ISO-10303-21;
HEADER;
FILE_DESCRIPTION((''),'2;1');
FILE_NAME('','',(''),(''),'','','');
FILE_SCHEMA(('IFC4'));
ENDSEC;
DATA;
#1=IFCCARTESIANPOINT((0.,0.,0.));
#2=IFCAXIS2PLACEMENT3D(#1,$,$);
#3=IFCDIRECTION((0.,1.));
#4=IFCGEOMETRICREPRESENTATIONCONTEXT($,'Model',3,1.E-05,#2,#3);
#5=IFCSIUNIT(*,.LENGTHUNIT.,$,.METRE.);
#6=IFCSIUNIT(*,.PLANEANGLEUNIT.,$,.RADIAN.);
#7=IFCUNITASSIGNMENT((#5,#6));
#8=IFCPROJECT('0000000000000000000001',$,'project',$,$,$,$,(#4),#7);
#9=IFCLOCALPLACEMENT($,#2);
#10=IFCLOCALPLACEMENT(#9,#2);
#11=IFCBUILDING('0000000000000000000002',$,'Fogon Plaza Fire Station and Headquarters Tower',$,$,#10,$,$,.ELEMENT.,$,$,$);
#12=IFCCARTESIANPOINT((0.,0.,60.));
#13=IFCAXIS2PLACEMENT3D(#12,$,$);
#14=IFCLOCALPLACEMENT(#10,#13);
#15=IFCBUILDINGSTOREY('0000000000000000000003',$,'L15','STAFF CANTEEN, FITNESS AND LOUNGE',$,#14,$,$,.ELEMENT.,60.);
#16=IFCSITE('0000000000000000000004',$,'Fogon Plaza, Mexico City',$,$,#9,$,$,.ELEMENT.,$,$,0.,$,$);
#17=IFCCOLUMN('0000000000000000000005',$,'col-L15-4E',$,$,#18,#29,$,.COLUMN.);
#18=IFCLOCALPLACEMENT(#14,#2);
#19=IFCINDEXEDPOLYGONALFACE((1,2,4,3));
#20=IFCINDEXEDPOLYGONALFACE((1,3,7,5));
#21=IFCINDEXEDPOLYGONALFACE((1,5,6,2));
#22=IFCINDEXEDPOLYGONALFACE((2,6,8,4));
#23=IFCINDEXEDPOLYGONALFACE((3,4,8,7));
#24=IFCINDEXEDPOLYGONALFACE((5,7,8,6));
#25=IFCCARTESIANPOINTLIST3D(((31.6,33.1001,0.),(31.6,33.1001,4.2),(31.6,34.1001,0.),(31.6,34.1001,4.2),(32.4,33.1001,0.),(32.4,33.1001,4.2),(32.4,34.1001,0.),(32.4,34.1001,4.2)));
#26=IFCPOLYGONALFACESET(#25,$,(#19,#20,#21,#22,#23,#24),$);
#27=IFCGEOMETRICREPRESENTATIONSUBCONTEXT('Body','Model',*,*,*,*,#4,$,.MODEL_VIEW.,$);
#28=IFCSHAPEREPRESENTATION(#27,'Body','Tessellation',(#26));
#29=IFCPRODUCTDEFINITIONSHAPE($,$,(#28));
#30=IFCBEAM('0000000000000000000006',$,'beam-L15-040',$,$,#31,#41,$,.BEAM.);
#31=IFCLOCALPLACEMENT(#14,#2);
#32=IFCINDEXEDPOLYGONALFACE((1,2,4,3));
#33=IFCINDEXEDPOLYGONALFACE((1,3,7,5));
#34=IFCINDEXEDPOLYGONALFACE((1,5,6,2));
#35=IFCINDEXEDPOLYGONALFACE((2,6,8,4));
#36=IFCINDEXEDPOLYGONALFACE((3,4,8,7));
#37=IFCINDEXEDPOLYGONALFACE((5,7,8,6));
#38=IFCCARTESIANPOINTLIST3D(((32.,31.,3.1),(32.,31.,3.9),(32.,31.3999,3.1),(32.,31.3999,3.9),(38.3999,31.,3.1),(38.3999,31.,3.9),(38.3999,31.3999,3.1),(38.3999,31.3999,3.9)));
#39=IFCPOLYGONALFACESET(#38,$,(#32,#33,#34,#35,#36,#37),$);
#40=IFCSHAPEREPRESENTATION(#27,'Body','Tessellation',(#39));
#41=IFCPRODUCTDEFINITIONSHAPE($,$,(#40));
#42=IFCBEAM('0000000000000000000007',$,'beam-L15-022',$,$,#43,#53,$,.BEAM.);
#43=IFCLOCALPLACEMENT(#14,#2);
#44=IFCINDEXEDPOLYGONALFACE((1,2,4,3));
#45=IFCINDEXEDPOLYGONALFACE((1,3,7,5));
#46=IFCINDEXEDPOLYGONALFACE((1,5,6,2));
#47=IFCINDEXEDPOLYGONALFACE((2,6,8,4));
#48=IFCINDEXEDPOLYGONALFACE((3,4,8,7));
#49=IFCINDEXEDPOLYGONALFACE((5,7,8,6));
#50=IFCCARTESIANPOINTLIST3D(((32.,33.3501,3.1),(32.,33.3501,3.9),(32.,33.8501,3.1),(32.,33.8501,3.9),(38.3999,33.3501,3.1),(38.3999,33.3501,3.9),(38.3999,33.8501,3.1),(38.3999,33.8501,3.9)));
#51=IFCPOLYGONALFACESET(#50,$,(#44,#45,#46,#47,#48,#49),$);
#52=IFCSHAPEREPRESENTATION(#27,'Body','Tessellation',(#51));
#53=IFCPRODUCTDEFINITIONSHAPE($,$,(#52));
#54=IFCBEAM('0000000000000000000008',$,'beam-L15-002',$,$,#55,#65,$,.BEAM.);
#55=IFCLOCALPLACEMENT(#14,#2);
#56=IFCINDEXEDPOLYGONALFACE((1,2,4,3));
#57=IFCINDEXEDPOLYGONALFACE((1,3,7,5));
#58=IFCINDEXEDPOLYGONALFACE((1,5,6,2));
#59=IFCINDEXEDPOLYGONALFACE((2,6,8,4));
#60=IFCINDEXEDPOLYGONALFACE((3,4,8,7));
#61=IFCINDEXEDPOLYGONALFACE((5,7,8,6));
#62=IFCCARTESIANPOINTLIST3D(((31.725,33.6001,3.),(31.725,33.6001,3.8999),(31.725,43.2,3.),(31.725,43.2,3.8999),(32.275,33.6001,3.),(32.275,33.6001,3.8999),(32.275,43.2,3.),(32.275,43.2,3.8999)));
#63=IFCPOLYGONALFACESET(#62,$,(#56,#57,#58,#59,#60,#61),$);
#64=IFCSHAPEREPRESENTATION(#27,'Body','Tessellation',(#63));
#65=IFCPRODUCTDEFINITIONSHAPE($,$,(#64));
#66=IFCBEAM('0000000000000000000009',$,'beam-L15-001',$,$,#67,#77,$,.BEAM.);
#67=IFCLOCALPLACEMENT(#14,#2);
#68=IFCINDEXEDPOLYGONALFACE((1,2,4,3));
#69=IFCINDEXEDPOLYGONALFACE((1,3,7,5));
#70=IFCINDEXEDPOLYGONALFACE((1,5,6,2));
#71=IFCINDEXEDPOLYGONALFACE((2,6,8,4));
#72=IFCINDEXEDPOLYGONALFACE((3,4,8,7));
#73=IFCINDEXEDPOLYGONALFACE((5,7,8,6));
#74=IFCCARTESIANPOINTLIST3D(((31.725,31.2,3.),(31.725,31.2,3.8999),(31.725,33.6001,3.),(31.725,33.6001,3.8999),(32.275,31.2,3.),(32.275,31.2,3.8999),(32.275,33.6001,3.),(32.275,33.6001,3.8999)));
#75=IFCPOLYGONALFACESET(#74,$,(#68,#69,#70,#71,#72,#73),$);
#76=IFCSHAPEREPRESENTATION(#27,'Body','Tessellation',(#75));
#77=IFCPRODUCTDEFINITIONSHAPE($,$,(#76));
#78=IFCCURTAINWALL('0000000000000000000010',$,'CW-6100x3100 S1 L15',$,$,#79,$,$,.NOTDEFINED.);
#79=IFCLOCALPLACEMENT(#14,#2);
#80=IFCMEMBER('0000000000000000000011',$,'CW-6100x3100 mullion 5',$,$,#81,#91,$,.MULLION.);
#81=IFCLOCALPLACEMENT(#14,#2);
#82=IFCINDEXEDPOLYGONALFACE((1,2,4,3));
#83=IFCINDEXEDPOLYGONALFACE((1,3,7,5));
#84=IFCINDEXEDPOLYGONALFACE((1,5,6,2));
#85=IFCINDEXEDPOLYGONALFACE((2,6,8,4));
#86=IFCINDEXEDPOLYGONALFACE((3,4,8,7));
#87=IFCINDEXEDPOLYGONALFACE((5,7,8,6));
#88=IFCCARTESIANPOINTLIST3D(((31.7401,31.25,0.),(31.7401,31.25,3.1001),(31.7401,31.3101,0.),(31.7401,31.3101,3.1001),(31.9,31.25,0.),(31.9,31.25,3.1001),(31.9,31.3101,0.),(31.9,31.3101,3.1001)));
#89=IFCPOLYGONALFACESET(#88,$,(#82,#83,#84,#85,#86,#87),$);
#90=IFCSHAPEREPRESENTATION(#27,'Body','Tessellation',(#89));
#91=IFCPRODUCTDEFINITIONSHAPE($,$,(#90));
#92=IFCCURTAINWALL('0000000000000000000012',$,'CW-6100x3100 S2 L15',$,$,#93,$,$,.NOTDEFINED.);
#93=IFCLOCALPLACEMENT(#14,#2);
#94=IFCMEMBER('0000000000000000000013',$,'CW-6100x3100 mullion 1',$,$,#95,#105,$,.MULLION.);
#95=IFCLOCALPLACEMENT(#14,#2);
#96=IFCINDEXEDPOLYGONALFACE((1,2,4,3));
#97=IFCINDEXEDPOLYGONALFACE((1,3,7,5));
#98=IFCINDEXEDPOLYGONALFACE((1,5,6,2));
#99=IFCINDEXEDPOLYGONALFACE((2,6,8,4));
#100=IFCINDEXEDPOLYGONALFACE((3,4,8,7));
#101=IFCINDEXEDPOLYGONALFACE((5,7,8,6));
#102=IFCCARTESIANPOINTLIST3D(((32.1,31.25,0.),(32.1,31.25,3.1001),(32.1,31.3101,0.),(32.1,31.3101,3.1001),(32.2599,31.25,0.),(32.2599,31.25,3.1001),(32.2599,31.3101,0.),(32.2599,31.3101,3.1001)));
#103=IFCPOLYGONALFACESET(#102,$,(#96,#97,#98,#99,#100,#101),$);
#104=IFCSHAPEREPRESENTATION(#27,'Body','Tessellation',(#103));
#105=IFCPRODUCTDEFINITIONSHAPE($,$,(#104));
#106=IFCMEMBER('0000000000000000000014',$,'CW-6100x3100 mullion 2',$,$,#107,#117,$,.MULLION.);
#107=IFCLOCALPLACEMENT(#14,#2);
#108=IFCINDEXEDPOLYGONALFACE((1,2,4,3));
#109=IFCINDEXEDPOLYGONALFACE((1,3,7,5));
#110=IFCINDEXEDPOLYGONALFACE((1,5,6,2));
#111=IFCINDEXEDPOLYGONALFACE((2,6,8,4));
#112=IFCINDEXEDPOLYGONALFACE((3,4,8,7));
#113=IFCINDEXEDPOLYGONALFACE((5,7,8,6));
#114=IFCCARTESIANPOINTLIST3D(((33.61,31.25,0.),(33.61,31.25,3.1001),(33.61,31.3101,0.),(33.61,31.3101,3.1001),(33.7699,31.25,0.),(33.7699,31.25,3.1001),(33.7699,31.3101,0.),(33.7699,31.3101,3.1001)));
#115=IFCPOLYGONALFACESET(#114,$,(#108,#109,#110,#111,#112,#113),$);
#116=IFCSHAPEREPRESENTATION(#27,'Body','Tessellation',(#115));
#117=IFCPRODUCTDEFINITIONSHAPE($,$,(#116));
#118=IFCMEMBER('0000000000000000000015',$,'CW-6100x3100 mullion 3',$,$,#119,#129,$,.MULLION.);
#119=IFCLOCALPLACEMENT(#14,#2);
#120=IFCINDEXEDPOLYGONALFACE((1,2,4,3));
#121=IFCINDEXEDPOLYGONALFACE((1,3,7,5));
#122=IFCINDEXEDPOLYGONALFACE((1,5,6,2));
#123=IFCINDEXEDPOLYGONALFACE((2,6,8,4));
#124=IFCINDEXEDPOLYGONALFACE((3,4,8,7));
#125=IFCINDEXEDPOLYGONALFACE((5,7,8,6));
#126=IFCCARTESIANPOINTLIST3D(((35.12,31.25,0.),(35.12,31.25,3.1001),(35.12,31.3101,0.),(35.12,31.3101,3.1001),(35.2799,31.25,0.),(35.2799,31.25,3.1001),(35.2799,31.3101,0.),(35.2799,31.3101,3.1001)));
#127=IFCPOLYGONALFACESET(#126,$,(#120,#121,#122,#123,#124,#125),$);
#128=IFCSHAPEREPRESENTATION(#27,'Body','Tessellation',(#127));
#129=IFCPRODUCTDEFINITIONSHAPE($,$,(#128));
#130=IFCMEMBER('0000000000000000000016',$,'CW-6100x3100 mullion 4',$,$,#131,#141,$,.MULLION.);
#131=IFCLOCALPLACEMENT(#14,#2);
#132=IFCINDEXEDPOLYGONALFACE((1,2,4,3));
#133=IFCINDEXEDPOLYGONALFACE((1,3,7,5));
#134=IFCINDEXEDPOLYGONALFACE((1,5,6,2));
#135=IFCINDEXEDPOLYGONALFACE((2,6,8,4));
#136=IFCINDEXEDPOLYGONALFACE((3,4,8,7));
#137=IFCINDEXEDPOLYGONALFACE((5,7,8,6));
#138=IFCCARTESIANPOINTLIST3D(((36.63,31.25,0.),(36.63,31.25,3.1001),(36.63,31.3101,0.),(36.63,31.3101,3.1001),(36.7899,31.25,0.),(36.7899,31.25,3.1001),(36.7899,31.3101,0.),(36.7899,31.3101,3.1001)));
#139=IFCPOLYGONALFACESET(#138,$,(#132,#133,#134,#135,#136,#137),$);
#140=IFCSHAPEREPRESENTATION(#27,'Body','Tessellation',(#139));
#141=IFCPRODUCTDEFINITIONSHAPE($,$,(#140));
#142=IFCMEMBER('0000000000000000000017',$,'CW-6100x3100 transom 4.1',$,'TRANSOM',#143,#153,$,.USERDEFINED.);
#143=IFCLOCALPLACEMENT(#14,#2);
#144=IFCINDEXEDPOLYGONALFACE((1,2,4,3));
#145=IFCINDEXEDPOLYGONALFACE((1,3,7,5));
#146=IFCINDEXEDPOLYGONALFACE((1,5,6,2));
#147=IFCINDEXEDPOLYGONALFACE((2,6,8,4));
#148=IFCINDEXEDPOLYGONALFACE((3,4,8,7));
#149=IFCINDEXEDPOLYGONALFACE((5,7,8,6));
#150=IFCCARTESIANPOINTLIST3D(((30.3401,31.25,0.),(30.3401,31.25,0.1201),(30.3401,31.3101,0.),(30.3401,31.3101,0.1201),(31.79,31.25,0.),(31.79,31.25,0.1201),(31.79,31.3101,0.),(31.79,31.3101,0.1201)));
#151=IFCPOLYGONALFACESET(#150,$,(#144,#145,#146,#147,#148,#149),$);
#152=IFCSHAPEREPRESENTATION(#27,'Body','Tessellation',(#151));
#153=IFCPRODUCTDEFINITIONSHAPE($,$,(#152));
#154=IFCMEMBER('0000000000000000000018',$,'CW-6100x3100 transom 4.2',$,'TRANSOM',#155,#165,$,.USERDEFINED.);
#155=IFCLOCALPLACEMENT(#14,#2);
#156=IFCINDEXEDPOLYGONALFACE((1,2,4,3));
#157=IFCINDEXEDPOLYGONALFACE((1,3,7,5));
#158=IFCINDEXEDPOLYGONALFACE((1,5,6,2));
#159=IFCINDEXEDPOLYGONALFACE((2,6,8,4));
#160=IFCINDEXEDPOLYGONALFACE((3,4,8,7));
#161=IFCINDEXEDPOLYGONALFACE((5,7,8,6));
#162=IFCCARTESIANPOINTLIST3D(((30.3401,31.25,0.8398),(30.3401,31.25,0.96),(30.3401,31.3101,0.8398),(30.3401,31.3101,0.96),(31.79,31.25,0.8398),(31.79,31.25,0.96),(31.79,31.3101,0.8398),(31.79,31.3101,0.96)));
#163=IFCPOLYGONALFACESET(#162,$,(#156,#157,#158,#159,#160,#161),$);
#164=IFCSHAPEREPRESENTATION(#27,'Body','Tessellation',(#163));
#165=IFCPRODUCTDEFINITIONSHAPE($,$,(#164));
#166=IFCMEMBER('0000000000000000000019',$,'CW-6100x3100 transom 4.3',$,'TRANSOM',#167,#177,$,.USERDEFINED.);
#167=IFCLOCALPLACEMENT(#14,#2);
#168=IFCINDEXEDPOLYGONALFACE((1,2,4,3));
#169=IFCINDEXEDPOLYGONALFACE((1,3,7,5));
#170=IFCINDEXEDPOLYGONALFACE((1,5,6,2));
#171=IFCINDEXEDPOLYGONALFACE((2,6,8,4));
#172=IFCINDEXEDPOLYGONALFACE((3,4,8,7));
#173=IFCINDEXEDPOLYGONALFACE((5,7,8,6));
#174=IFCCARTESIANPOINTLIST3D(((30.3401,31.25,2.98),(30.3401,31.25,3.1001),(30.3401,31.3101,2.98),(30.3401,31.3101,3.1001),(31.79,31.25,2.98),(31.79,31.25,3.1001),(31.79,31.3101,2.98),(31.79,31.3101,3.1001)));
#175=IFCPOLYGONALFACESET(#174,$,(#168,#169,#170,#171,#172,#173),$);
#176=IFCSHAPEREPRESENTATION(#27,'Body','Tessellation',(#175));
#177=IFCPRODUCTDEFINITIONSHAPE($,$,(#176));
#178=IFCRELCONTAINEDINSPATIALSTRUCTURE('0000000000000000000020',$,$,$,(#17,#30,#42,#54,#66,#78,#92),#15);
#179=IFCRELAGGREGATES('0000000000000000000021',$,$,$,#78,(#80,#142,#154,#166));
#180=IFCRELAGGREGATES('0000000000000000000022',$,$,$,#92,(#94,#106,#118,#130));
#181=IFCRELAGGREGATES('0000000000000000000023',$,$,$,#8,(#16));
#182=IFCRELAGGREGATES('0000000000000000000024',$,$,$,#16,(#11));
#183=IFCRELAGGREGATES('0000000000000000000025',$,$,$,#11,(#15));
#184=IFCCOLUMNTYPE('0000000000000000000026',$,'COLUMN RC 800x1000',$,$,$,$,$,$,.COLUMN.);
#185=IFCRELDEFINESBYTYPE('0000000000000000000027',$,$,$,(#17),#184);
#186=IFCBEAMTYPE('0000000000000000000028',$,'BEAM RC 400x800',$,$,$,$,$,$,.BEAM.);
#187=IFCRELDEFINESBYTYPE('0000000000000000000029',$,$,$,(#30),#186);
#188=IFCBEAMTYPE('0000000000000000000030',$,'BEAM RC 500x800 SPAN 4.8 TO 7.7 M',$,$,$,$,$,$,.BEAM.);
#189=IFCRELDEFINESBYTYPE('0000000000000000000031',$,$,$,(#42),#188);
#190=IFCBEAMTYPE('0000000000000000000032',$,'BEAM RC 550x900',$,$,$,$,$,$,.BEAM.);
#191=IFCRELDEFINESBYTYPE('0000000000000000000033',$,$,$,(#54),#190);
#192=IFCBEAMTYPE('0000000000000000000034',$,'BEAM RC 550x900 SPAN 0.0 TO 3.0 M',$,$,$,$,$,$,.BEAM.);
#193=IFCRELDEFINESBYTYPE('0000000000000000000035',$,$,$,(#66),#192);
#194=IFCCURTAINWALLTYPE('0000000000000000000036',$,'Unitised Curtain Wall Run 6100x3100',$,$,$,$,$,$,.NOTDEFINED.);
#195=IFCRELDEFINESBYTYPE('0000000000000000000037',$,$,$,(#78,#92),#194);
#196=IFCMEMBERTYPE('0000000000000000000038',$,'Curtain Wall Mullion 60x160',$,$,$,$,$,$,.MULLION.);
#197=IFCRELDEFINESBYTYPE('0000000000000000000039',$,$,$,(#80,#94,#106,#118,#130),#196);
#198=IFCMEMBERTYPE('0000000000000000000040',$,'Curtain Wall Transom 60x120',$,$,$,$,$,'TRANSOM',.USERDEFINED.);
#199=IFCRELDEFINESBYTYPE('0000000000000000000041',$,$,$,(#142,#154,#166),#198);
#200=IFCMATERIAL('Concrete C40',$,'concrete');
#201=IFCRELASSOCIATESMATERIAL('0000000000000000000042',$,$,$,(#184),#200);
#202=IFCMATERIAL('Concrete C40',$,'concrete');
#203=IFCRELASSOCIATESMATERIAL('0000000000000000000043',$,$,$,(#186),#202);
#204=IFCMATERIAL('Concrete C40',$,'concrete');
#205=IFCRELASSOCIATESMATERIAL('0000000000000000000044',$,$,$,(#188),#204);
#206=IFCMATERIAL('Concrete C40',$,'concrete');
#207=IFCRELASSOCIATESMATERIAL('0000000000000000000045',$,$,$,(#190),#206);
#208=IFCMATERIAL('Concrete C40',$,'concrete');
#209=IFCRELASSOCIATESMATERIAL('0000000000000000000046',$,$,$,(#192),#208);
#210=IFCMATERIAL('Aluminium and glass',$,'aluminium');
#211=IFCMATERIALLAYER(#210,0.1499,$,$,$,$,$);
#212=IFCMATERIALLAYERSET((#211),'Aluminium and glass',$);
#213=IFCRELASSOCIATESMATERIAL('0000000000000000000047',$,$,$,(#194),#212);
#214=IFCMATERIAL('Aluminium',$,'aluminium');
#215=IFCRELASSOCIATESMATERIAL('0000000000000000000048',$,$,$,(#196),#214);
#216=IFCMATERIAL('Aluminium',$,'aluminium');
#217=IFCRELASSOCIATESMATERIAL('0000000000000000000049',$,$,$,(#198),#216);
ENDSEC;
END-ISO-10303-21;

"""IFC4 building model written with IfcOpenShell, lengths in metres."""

from ifc_helpers import new_model, si_unit, direction, frame, origin, origin_2d, place, context, subcontext, project, spatial, rectangle, extrude, material, layer, layer_set, material_profile, profile_set, type_object, element, aggregate, save


model = new_model("IFC4")

# Units and contexts
model_context = context("Model", 3, precision=1e-05, world=origin(), true_north=direction((0.0, 1.0)))
body_context = subcontext(model_context, "Body", "Model", "MODEL_VIEW")
ifc_project = project(units=[si_unit("LENGTHUNIT", "METRE"), si_unit("PLANEANGLEUNIT", "RADIAN")], contexts=[model_context])

# Site, building, storey
site_placement = place(None, origin())
site = spatial("IfcSite", under=ifc_project, at=site_placement, Name="Fogon Plaza, Mexico City", CompositionType="ELEMENT", RefElevation=0.0)
building_placement = place(site_placement, origin())
building = spatial("IfcBuilding", under=site, at=building_placement, Name="Fogon Plaza Fire Station and Headquarters Tower", CompositionType="ELEMENT")
storey_placement = place(building_placement, frame((0.0, 0.0, 60.0)))
storey = spatial("IfcBuildingStorey", under=building, at=storey_placement, Name="L15", Description="STAFF CANTEEN, FITNESS AND LOUNGE", CompositionType="ELEMENT", Elevation=60.0)

# Column
ifc_material_1 = material(Name="Concrete C40", Category="concrete")
ifc_material_profile_1 = material_profile(ifc_material_1, rectangle(XDim=0.8, YDim=1.0, at=origin_2d()), Name="RC 800x1000")
ifc_profile_set_1 = profile_set([ifc_material_profile_1], Name="Concrete C40")
column_type = type_object("IfcColumnType", Name="COLUMN RC 800x1000", PredefinedType="COLUMN", material=ifc_profile_set_1)
column_placement = place(storey_placement, frame((32.0, 33.6001, 0.0), z_axis=(0.0, 0.0, 1.0), x_axis=(1.0, 0.0, 0.0)))
element("IfcColumn", 1, at=column_placement, inside=storey, type_object=column_type, Name="col-L15-4E", PredefinedType="COLUMN", context=body_context, shape_type="SweptSolid", body=[
    extrude(rectangle(XDim=0.8, YDim=1.0, at=origin_2d()), origin(), (0.0, 0.0, 1.0), 4.2),
])

# Beams
ifc_material_2 = material(Name="Concrete C40", Category="concrete")
ifc_material_profile_2 = material_profile(ifc_material_2, rectangle(XDim=0.3999, YDim=0.8, at=origin_2d()), Name="RC 400x800")
ifc_profile_set_2 = profile_set([ifc_material_profile_2], Name="Concrete C40")
beam_type_1 = type_object("IfcBeamType", Name="BEAM RC 400x800", PredefinedType="BEAM", material=ifc_profile_set_2)
beam_1_placement = place(storey_placement, frame((32.0, 31.2, 3.5), z_axis=(1.0, 0.0, 0.0), x_axis=(0.0, 1.0, 0.0)))
element("IfcBeam", 2, at=beam_1_placement, inside=storey, type_object=beam_type_1, Name="beam-L15-040", PredefinedType="BEAM", context=body_context, shape_type="SweptSolid", body=[
    extrude(rectangle(XDim=0.3999, YDim=0.8, at=origin_2d()), origin(), (0.0, 0.0, 1.0), 6.3999),
])
ifc_material_3 = material(Name="Concrete C40", Category="concrete")
ifc_material_profile_3 = material_profile(ifc_material_3, rectangle(XDim=0.5, YDim=0.8, at=origin_2d()), Name="RC 500x800")
ifc_profile_set_3 = profile_set([ifc_material_profile_3], Name="Concrete C40")
beam_type_2 = type_object("IfcBeamType", Name="BEAM RC 500x800 SPAN 4.8 TO 7.7 M", PredefinedType="BEAM", material=ifc_profile_set_3)
beam_2_placement = place(storey_placement, frame((32.0, 33.6001, 3.5), z_axis=(1.0, 0.0, 0.0), x_axis=(0.0, 1.0, 0.0)))
element("IfcBeam", 3, at=beam_2_placement, inside=storey, type_object=beam_type_2, Name="beam-L15-022", PredefinedType="BEAM", context=body_context, shape_type="SweptSolid", body=[
    extrude(rectangle(XDim=0.5, YDim=0.8, at=origin_2d()), origin(), (0.0, 0.0, 1.0), 6.3999),
])
ifc_material_4 = material(Name="Concrete C40", Category="concrete")
ifc_material_profile_4 = material_profile(ifc_material_4, rectangle(XDim=0.55, YDim=0.8999, at=origin_2d()), Name="RC 550x900")
ifc_profile_set_4 = profile_set([ifc_material_profile_4], Name="Concrete C40")
beam_type_3 = type_object("IfcBeamType", Name="BEAM RC 550x900", PredefinedType="BEAM", material=ifc_profile_set_4)
beam_3_placement = place(storey_placement, frame((32.0, 33.6001, 3.45), z_axis=(0.0, 1.0, 0.0), x_axis=(-1.0, 0.0, 0.0)))
element("IfcBeam", 4, at=beam_3_placement, inside=storey, type_object=beam_type_3, Name="beam-L15-002", PredefinedType="BEAM", context=body_context, shape_type="SweptSolid", body=[
    extrude(rectangle(XDim=0.55, YDim=0.8999, at=origin_2d()), origin(), (0.0, 0.0, 1.0), 9.5999),
])
ifc_material_5 = material(Name="Concrete C40", Category="concrete")
ifc_material_profile_5 = material_profile(ifc_material_5, rectangle(XDim=0.55, YDim=0.8999, at=origin_2d()), Name="RC 550x900")
ifc_profile_set_5 = profile_set([ifc_material_profile_5], Name="Concrete C40")
beam_type_4 = type_object("IfcBeamType", Name="BEAM RC 550x900 SPAN 0.0 TO 3.0 M", PredefinedType="BEAM", material=ifc_profile_set_5)
beam_4_placement = place(storey_placement, frame((32.0, 31.2, 3.45), z_axis=(0.0, 1.0, 0.0), x_axis=(-1.0, 0.0, 0.0)))
element("IfcBeam", 5, at=beam_4_placement, inside=storey, type_object=beam_type_4, Name="beam-L15-001", PredefinedType="BEAM", context=body_context, shape_type="SweptSolid", body=[
    extrude(rectangle(XDim=0.55, YDim=0.8999, at=origin_2d()), origin(), (0.0, 0.0, 1.0), 2.4001),
])

# Curtain wall, member
ifc_material_6 = material(Name="Aluminium and glass", Category="aluminium")
ifc_layer_1 = layer(ifc_material_6, 0.1499)
ifc_layer_set_1 = layer_set([ifc_layer_1], Name="Aluminium and glass")
curtain_wall_type = type_object("IfcCurtainWallType", Name="Unitised Curtain Wall Run 6100x3100", PredefinedType="NOTDEFINED", material=ifc_layer_set_1)
curtain_wall_1_placement = place(storey_placement, origin())
curtain_wall_1 = element("IfcCurtainWall", 6, at=curtain_wall_1_placement, inside=storey, type_object=curtain_wall_type, Name="CW-6100x3100 S1 L15", PredefinedType="NOTDEFINED")
ifc_material_7 = material(Name="Aluminium", Category="aluminium")
ifc_material_profile_6 = material_profile(ifc_material_7, rectangle(XDim=0.0601, YDim=0.1599, at=origin_2d()), Name="Curtain Wall Mullion 60x160")
ifc_profile_set_6 = profile_set([ifc_material_profile_6], Name="Aluminium")
member_type_1 = type_object("IfcMemberType", Name="Curtain Wall Mullion 60x160", PredefinedType="MULLION", material=ifc_profile_set_6)
member_1_placement = place(storey_placement, frame((31.8201, 31.28, 0.0), z_axis=(0.0, 0.0, 1.0), x_axis=(0.0, 1.0, 0.0)))
member_1 = element("IfcMember", 7, at=member_1_placement, type_object=member_type_1, Name="CW-6100x3100 mullion 5", PredefinedType="MULLION", context=body_context, shape_type="SweptSolid", body=[
    extrude(rectangle(XDim=0.0601, YDim=0.1599, at=origin_2d()), origin(), (0.0, 0.0, 1.0), 3.1001),
])

# Curtain wall, members
curtain_wall_2_placement = place(storey_placement, origin())
curtain_wall_2 = element("IfcCurtainWall", 8, at=curtain_wall_2_placement, inside=storey, type_object=curtain_wall_type, Name="CW-6100x3100 S2 L15", PredefinedType="NOTDEFINED")
member_2_placement = place(storey_placement, frame((32.1799, 31.28, 0.0), z_axis=(0.0, 0.0, 1.0), x_axis=(0.0, 1.0, 0.0)))
member_2 = element("IfcMember", 9, at=member_2_placement, type_object=member_type_1, Name="CW-6100x3100 mullion 1", PredefinedType="MULLION", context=body_context, shape_type="SweptSolid", body=[
    extrude(rectangle(XDim=0.0601, YDim=0.1599, at=origin_2d()), origin(), (0.0, 0.0, 1.0), 3.1001),
])
member_3_placement = place(storey_placement, frame((33.6899, 31.28, 0.0), z_axis=(0.0, 0.0, 1.0), x_axis=(0.0, 1.0, 0.0)))
member_3 = element("IfcMember", 10, at=member_3_placement, type_object=member_type_1, Name="CW-6100x3100 mullion 2", PredefinedType="MULLION", context=body_context, shape_type="SweptSolid", body=[
    extrude(rectangle(XDim=0.0601, YDim=0.1599, at=origin_2d()), origin(), (0.0, 0.0, 1.0), 3.1001),
])
member_4_placement = place(storey_placement, frame((35.2, 31.28, 0.0), z_axis=(0.0, 0.0, 1.0), x_axis=(0.0, 1.0, 0.0)))
member_4 = element("IfcMember", 11, at=member_4_placement, type_object=member_type_1, Name="CW-6100x3100 mullion 3", PredefinedType="MULLION", context=body_context, shape_type="SweptSolid", body=[
    extrude(rectangle(XDim=0.0601, YDim=0.1599, at=origin_2d()), origin(), (0.0, 0.0, 1.0), 3.1001),
])
member_5_placement = place(storey_placement, frame((36.71, 31.28, 0.0), z_axis=(0.0, 0.0, 1.0), x_axis=(0.0, 1.0, 0.0)))
member_5 = element("IfcMember", 12, at=member_5_placement, type_object=member_type_1, Name="CW-6100x3100 mullion 4", PredefinedType="MULLION", context=body_context, shape_type="SweptSolid", body=[
    extrude(rectangle(XDim=0.0601, YDim=0.1599, at=origin_2d()), origin(), (0.0, 0.0, 1.0), 3.1001),
])

# Members
ifc_material_8 = material(Name="Aluminium", Category="aluminium")
ifc_material_profile_7 = material_profile(ifc_material_8, rectangle(XDim=0.0601, YDim=0.1201, at=origin_2d()), Name="Curtain Wall Transom 60x120")
ifc_profile_set_7 = profile_set([ifc_material_profile_7], Name="Aluminium")
member_type_2 = type_object("IfcMemberType", Name="Curtain Wall Transom 60x120", ElementType="TRANSOM", PredefinedType="USERDEFINED", material=ifc_profile_set_7)
member_6_placement = place(storey_placement, frame((30.3401, 31.28, 0.0601), z_axis=(1.0, 0.0, 0.0), x_axis=(0.0, 1.0, 0.0)))
member_6 = element("IfcMember", 13, at=member_6_placement, type_object=member_type_2, Name="CW-6100x3100 transom 4.1", ObjectType="TRANSOM", PredefinedType="USERDEFINED", context=body_context, shape_type="SweptSolid", body=[
    extrude(rectangle(XDim=0.0601, YDim=0.1201, at=origin_2d()), origin(), (0.0, 0.0, 1.0), 1.45),
])
member_7_placement = place(storey_placement, frame((30.3401, 31.28, 0.8999), z_axis=(1.0, 0.0, 0.0), x_axis=(0.0, 1.0, 0.0)))
member_7 = element("IfcMember", 14, at=member_7_placement, type_object=member_type_2, Name="CW-6100x3100 transom 4.2", ObjectType="TRANSOM", PredefinedType="USERDEFINED", context=body_context, shape_type="SweptSolid", body=[
    extrude(rectangle(XDim=0.0601, YDim=0.1201, at=origin_2d()), origin(), (0.0, 0.0, 1.0), 1.45),
])
member_8_placement = place(storey_placement, frame((30.3401, 31.28, 3.04), z_axis=(1.0, 0.0, 0.0), x_axis=(0.0, 1.0, 0.0)))
member_8 = element("IfcMember", 15, at=member_8_placement, type_object=member_type_2, Name="CW-6100x3100 transom 4.3", ObjectType="TRANSOM", PredefinedType="USERDEFINED", context=body_context, shape_type="SweptSolid", body=[
    extrude(rectangle(XDim=0.0601, YDim=0.1201, at=origin_2d()), origin(), (0.0, 0.0, 1.0), 1.45),
])

aggregate(curtain_wall_1, [member_1, member_6, member_7, member_8])
aggregate(curtain_wall_2, [member_2, member_3, member_4, member_5])

save(model, "model.ifc")
